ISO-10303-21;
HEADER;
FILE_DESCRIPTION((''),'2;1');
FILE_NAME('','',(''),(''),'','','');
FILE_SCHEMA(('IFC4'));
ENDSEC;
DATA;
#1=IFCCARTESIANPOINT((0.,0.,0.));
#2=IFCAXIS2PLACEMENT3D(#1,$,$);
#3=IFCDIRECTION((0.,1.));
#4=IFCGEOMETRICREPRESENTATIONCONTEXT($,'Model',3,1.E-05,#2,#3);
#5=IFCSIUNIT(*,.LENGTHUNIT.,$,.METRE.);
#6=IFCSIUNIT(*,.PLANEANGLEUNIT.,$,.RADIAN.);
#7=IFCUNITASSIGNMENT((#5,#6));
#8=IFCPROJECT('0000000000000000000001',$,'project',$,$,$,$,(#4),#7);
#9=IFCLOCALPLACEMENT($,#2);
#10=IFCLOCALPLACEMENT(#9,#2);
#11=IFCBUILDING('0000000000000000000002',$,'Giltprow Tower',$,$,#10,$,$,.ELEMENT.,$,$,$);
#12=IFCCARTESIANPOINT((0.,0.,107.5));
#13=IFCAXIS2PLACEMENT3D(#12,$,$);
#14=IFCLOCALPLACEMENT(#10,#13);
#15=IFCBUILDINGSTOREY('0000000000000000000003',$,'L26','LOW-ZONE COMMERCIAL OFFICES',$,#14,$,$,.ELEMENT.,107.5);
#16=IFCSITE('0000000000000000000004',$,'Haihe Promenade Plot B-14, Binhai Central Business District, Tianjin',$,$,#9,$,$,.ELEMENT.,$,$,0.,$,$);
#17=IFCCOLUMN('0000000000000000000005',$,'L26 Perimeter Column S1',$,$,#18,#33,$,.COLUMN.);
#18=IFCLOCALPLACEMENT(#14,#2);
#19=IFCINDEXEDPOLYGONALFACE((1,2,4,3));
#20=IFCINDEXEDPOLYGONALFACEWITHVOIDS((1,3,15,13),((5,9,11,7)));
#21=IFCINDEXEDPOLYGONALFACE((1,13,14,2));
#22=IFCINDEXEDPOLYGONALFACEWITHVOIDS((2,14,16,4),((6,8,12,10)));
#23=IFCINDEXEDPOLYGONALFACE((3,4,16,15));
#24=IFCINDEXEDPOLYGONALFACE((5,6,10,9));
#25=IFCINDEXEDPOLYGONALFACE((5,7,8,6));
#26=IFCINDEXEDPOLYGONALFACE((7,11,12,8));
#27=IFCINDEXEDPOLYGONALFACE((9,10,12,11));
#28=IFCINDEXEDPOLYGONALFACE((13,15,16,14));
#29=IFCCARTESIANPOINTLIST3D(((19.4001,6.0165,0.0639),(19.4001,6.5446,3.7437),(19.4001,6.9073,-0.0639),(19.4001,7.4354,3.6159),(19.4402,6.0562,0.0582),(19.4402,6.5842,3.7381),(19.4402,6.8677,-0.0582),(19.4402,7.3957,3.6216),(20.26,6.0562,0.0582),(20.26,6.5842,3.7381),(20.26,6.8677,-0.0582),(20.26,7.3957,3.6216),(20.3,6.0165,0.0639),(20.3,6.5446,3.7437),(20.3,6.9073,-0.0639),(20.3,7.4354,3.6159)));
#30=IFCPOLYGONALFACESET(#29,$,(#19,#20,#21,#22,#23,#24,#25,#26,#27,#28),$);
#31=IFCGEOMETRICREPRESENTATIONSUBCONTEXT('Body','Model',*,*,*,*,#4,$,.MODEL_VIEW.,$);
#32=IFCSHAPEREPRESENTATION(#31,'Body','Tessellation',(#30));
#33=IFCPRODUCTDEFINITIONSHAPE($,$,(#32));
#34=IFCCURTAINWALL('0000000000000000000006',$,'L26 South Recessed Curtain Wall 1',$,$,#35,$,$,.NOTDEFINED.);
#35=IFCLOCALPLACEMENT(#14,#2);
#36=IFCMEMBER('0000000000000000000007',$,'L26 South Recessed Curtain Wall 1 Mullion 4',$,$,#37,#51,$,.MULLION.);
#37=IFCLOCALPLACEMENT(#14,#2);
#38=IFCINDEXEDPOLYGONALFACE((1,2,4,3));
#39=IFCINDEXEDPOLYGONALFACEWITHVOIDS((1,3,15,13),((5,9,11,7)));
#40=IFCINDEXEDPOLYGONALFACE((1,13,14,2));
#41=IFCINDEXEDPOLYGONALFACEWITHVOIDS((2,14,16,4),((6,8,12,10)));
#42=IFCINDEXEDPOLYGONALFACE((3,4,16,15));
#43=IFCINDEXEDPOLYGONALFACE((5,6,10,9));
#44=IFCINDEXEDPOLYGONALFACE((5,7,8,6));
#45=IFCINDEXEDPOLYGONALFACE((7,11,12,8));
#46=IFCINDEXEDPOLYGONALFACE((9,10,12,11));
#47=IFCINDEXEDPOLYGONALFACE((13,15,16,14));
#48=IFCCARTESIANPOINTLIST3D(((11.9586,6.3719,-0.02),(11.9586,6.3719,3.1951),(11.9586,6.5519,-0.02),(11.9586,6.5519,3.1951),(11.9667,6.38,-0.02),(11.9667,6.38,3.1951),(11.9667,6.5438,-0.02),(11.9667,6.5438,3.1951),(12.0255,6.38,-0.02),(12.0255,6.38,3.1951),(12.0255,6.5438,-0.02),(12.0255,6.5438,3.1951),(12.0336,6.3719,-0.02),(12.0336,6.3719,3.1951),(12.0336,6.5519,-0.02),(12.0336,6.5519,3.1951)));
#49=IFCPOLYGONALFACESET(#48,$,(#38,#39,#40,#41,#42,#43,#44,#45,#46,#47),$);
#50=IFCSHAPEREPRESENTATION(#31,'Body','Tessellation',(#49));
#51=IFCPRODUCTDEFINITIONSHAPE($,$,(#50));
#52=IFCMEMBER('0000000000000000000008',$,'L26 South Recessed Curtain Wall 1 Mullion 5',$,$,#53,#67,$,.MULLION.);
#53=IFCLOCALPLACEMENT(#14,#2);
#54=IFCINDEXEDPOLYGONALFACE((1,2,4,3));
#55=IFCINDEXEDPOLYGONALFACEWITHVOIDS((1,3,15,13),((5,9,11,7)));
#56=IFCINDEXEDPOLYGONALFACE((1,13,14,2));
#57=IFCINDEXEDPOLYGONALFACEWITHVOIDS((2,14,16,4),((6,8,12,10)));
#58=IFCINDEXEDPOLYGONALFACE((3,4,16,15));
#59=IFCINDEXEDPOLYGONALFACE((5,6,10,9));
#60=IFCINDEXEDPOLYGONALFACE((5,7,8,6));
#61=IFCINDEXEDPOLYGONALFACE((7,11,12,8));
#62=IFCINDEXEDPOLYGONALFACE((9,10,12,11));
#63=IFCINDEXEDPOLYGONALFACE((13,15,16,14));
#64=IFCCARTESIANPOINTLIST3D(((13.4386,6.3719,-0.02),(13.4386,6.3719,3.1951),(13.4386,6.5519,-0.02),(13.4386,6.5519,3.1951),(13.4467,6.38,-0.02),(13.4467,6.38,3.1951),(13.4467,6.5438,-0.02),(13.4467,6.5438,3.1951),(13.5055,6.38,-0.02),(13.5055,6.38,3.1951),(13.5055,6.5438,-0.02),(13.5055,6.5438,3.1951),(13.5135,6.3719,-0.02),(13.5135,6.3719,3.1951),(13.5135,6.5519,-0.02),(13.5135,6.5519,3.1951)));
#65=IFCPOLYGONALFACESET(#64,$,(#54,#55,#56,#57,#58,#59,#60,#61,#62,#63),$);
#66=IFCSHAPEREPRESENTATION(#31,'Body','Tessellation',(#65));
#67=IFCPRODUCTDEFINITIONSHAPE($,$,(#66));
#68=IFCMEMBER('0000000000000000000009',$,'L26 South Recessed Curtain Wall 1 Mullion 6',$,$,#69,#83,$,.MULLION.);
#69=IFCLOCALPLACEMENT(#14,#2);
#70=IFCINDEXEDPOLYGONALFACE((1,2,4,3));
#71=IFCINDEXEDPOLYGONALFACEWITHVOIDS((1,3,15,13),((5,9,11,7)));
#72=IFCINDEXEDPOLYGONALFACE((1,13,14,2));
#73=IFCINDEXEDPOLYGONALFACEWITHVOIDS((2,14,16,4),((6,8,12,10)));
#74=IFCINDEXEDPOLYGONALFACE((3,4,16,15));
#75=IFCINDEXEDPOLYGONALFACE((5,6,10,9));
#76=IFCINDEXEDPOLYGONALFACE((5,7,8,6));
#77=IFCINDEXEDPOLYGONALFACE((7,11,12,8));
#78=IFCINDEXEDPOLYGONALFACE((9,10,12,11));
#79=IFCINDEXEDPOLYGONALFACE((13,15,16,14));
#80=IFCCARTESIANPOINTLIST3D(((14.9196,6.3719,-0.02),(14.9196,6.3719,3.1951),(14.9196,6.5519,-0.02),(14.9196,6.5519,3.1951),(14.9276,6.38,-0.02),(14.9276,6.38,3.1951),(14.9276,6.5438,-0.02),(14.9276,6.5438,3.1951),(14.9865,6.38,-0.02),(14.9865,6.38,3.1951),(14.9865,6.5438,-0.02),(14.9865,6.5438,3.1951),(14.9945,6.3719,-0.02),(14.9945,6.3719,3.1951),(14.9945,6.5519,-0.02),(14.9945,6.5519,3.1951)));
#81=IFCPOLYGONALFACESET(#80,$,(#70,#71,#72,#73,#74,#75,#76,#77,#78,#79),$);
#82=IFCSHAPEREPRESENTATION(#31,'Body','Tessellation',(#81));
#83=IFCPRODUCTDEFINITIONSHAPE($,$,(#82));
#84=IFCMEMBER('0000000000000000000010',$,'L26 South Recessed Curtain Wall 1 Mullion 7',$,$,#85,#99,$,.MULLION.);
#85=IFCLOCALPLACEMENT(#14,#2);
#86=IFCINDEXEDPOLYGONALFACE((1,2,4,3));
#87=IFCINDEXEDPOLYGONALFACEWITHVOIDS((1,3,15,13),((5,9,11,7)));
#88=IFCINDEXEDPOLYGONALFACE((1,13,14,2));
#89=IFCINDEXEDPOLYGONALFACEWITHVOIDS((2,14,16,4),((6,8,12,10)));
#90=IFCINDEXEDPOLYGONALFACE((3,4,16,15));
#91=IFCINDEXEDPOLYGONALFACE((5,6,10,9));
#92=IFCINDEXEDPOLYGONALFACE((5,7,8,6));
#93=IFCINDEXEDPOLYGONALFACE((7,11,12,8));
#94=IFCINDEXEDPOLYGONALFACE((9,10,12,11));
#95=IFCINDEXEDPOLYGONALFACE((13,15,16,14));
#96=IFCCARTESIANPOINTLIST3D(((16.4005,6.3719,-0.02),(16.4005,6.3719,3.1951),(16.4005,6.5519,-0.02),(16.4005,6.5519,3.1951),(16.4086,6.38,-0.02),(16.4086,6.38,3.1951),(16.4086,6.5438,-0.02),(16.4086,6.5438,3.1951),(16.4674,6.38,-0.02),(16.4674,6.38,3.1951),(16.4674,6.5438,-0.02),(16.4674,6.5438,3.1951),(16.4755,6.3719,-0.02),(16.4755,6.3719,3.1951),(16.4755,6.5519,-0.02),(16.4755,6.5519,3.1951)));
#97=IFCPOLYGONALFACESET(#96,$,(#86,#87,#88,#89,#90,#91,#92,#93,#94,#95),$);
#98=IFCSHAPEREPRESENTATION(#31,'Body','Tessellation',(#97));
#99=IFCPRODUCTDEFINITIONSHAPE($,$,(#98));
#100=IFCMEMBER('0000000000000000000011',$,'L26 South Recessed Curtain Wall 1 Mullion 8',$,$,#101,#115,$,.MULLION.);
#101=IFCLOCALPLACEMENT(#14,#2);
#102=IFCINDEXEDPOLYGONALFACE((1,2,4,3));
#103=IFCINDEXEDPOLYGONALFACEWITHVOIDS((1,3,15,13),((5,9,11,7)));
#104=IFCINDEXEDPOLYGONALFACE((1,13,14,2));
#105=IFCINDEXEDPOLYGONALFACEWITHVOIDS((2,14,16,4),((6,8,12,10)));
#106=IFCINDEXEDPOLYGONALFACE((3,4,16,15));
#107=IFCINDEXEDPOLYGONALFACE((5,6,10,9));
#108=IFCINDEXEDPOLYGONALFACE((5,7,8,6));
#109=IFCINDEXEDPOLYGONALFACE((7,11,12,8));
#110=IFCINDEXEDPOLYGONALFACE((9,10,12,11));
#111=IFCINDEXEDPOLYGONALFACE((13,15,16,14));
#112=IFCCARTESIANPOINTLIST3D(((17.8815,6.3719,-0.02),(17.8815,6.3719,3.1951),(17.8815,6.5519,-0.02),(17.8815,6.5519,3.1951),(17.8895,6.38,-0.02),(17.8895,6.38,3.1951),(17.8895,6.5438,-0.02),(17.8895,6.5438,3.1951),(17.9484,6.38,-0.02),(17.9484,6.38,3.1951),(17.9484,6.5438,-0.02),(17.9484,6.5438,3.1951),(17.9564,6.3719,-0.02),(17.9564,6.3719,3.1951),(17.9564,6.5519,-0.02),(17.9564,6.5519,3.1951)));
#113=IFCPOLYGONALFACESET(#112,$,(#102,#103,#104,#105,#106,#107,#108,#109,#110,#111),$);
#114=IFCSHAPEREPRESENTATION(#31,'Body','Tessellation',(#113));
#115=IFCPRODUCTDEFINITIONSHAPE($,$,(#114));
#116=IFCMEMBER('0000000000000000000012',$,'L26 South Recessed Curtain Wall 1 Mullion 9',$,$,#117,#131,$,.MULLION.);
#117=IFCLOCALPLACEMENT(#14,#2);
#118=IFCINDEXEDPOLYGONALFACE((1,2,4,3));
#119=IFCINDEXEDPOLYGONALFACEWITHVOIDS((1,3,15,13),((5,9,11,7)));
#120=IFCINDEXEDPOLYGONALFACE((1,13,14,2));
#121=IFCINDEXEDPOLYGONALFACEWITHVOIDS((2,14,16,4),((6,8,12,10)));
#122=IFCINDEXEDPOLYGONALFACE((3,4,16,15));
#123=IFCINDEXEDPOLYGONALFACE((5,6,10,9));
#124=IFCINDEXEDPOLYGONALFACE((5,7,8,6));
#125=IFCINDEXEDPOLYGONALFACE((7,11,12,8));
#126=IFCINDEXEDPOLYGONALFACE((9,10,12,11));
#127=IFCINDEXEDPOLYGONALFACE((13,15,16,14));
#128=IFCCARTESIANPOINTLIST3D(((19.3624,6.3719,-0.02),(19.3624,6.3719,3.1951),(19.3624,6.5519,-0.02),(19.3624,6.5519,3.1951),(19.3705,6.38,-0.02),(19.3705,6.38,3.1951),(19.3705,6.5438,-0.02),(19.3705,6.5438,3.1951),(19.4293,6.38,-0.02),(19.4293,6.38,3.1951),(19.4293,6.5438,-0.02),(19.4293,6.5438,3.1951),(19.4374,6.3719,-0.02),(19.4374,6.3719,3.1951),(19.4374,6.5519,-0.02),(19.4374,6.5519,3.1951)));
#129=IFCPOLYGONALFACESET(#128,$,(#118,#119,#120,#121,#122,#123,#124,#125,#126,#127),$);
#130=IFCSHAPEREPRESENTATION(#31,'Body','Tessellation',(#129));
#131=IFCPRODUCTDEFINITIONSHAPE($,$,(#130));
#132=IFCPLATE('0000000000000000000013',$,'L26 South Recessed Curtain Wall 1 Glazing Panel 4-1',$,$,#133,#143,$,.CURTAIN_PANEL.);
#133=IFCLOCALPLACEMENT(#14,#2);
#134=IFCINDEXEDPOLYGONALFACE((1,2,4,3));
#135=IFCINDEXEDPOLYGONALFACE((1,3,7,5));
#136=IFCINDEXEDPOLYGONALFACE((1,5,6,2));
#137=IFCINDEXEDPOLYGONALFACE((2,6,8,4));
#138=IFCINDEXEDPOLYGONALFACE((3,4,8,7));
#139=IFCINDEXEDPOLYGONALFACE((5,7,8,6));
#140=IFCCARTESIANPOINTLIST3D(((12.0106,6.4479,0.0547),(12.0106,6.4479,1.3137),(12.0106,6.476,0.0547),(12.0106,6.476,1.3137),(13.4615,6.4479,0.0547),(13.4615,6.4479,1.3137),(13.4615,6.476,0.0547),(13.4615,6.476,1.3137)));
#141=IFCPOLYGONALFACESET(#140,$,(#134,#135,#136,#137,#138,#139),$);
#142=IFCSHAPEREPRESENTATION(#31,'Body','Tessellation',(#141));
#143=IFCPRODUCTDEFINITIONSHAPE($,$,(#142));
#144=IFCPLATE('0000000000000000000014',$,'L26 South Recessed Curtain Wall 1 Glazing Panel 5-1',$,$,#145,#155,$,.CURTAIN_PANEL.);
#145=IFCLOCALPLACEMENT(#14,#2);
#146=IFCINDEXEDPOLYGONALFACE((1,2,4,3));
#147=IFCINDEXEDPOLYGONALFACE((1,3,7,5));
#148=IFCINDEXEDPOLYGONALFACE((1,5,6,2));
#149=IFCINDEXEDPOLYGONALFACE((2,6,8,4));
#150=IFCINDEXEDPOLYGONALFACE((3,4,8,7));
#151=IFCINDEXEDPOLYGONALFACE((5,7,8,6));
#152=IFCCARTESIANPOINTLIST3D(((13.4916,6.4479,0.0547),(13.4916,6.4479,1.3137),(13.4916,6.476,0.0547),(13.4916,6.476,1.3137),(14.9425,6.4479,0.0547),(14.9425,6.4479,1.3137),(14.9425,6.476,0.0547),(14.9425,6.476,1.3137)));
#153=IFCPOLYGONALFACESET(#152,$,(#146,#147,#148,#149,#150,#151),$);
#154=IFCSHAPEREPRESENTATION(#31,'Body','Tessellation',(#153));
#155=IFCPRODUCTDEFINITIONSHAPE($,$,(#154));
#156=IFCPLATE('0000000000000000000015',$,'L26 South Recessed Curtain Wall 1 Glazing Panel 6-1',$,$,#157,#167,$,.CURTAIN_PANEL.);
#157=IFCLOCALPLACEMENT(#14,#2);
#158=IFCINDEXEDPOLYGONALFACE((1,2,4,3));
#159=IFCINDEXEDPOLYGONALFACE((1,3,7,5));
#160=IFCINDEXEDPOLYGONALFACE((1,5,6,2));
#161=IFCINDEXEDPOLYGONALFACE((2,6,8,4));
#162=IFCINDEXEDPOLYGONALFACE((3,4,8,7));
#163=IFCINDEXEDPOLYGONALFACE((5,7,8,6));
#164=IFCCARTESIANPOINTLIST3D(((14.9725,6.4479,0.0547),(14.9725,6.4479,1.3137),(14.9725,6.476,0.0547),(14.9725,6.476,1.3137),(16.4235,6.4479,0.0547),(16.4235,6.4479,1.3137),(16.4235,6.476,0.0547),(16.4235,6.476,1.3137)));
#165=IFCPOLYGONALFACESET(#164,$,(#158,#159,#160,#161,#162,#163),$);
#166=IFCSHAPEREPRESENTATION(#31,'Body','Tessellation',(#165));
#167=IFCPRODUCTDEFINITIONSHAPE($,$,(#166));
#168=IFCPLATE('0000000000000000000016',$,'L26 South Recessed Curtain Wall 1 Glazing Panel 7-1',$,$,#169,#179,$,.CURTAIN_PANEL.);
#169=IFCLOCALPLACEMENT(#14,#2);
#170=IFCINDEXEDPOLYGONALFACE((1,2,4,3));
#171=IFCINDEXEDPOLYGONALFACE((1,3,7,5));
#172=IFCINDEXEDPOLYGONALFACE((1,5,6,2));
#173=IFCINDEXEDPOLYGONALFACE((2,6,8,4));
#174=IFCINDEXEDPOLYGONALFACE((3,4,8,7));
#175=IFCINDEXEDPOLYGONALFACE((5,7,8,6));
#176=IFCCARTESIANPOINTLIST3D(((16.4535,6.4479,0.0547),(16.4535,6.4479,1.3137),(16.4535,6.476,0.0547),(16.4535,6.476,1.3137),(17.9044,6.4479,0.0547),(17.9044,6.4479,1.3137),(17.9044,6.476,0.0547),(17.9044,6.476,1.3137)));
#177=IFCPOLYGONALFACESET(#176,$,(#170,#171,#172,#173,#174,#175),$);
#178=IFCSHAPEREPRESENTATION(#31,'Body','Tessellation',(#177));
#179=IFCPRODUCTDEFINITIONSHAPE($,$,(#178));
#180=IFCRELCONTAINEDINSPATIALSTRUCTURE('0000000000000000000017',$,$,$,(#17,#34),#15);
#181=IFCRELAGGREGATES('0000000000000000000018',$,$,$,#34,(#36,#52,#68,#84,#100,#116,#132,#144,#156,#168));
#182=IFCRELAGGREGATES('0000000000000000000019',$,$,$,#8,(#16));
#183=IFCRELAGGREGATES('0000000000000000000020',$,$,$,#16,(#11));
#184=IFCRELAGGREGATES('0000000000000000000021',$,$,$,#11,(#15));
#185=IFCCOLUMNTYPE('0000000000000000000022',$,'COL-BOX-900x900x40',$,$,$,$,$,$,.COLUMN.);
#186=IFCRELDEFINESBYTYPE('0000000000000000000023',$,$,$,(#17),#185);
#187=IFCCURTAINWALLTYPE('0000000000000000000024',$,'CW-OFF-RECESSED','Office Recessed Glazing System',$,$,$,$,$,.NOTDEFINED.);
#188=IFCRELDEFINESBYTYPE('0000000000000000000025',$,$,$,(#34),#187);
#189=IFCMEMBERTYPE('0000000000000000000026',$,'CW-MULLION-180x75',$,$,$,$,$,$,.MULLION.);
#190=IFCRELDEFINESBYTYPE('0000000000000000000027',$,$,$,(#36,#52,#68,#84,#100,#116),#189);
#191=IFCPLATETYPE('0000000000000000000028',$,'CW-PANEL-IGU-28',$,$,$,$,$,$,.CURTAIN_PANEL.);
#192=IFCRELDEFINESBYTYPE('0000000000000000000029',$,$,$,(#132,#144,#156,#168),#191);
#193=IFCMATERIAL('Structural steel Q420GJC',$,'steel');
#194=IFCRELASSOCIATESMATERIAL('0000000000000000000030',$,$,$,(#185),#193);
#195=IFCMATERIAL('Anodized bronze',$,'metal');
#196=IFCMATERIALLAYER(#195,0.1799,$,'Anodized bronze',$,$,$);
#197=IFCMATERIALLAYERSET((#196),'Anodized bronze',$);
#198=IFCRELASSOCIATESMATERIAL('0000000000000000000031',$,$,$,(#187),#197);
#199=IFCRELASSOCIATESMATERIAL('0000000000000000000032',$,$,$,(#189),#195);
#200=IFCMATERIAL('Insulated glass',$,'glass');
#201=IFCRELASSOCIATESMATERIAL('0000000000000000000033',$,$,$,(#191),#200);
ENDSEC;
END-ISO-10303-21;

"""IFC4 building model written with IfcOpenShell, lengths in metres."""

from ifc_helpers import new_model, si_unit, direction, frame, origin, origin_2d, place, context, subcontext, project, spatial, rectangle, hollow_rectangle, extrude, source, transform, mapped, material, layer, layer_set, material_profile, profile_set, type_object, element, aggregate, save


model = new_model("IFC4")

# Units and contexts
model_context = context("Model", 3, precision=1e-05, world=origin(), true_north=direction((0.0, 1.0)))
body_context = subcontext(model_context, "Body", "Model", "MODEL_VIEW")
ifc_project = project(units=[si_unit("LENGTHUNIT", "METRE"), si_unit("PLANEANGLEUNIT", "RADIAN")], contexts=[model_context])

# Site, building, storey
site_placement = place(None, origin())
site = spatial("IfcSite", under=ifc_project, at=site_placement, Name="Haihe Promenade Plot B-14, Binhai Central Business District, Tianjin", CompositionType="ELEMENT", RefElevation=0.0)
building_placement = place(site_placement, origin())
building = spatial("IfcBuilding", under=site, at=building_placement, Name="Giltprow Tower", CompositionType="ELEMENT")
storey_placement = place(building_placement, frame((0.0, 0.0, 107.5)))
storey = spatial("IfcBuildingStorey", under=building, at=storey_placement, Name="L26", Description="LOW-ZONE COMMERCIAL OFFICES", CompositionType="ELEMENT", Elevation=107.5)

# Column
ifc_material_1 = material(Name="Structural steel Q420GJC", Category="steel")
ifc_material_profile_1 = material_profile(ifc_material_1, hollow_rectangle(XDim=0.8999, YDim=0.8999, WallThickness=0.04, at=origin_2d()), Name="BOX 900x900x40")
ifc_profile_set_1 = profile_set([ifc_material_profile_1], Name="Structural steel Q420GJC")
column_type = type_object("IfcColumnType", Name="COL-BOX-900x900x40", PredefinedType="COLUMN", material=ifc_profile_set_1)
shared_shape_1 = source(origin(), body_context, "Body", "SweptSolid", [
    extrude(hollow_rectangle(XDim=0.8999, YDim=0.8999, WallThickness=0.04, at=origin_2d()), origin(), (0.0, 0.0, 1.0), 3.7175),
])
column_placement = place(storey_placement, frame((19.8501, 6.4619, 0.0), z_axis=(0.0, 0.142047, 0.98986), x_axis=(-1.0, 0.0, 0.0)))
element("IfcColumn", 1, at=column_placement, inside=storey, type_object=column_type, Name="L26 Perimeter Column S1", PredefinedType="COLUMN", context=body_context, shape_type="MappedRepresentation", body=[
    mapped(shared_shape_1, transform((0.0, 0.0, 0.0), x_axis=(1.0, 0.0, 0.0), y_axis=(0.0, 1.0, 0.0), z_axis=(0.0, 0.0, 1.0), scale=1.0)),
])

# Curtain wall, members, plates
ifc_material_2 = material(Name="Anodized bronze", Category="metal")
ifc_layer = layer(ifc_material_2, 0.1799, Name="Anodized bronze")
ifc_layer_set = layer_set([ifc_layer], Name="Anodized bronze")
curtain_wall_type = type_object("IfcCurtainWallType", Name="CW-OFF-RECESSED", Description="Office Recessed Glazing System", PredefinedType="NOTDEFINED", material=ifc_layer_set)
curtain_wall_placement = place(storey_placement, origin())
curtain_wall = element("IfcCurtainWall", 2, at=curtain_wall_placement, inside=storey, type_object=curtain_wall_type, Name="L26 South Recessed Curtain Wall 1", PredefinedType="NOTDEFINED")
ifc_material_profile_2 = material_profile(ifc_material_2, hollow_rectangle(XDim=0.075, YDim=0.1799, WallThickness=0.0081, at=origin_2d()), Name="RHS 180x75x8")
ifc_profile_set_2 = profile_set([ifc_material_profile_2], Name="Anodized bronze")
member_type = type_object("IfcMemberType", Name="CW-MULLION-180x75", PredefinedType="MULLION", material=ifc_profile_set_2)
shared_shape_2 = source(origin(), body_context, "Body", "SweptSolid", [
    extrude(hollow_rectangle(XDim=0.075, YDim=0.1799, WallThickness=0.0081, at=origin_2d()), origin(), (0.0, 0.0, 1.0), 3.2151),
])
member_1_placement = place(storey_placement, frame((11.9961, 6.4619, -0.02), z_axis=(0.0, 0.0, 1.0), x_axis=(1.0, 0.0, 0.0)))
member_1 = element("IfcMember", 3, at=member_1_placement, type_object=member_type, Name="L26 South Recessed Curtain Wall 1 Mullion 4", PredefinedType="MULLION", context=body_context, shape_type="MappedRepresentation", body=[
    mapped(shared_shape_2, transform((0.0, 0.0, 0.0), x_axis=(1.0, 0.0, 0.0), y_axis=(0.0, 1.0, 0.0), z_axis=(0.0, 0.0, 1.0), scale=1.0)),
])
member_2_placement = place(storey_placement, frame((13.4761, 6.4619, -0.02), z_axis=(0.0, 0.0, 1.0), x_axis=(1.0, 0.0, 0.0)))
member_2 = element("IfcMember", 4, at=member_2_placement, type_object=member_type, Name="L26 South Recessed Curtain Wall 1 Mullion 5", PredefinedType="MULLION", context=body_context, shape_type="MappedRepresentation", body=[
    mapped(shared_shape_2, transform((0.0, 0.0, 0.0), x_axis=(1.0, 0.0, 0.0), y_axis=(0.0, 1.0, 0.0), z_axis=(0.0, 0.0, 1.0), scale=1.0)),
])
member_3_placement = place(storey_placement, frame((14.957, 6.4619, -0.02), z_axis=(0.0, 0.0, 1.0), x_axis=(1.0, 0.0, 0.0)))
member_3 = element("IfcMember", 5, at=member_3_placement, type_object=member_type, Name="L26 South Recessed Curtain Wall 1 Mullion 6", PredefinedType="MULLION", context=body_context, shape_type="MappedRepresentation", body=[
    mapped(shared_shape_2, transform((0.0, 0.0, 0.0), x_axis=(1.0, 0.0, 0.0), y_axis=(0.0, 1.0, 0.0), z_axis=(0.0, 0.0, 1.0), scale=1.0)),
])
member_4_placement = place(storey_placement, frame((16.438, 6.4619, -0.02), z_axis=(0.0, 0.0, 1.0), x_axis=(1.0, 0.0, 0.0)))
member_4 = element("IfcMember", 6, at=member_4_placement, type_object=member_type, Name="L26 South Recessed Curtain Wall 1 Mullion 7", PredefinedType="MULLION", context=body_context, shape_type="MappedRepresentation", body=[
    mapped(shared_shape_2, transform((0.0, 0.0, 0.0), x_axis=(1.0, 0.0, 0.0), y_axis=(0.0, 1.0, 0.0), z_axis=(0.0, 0.0, 1.0), scale=1.0)),
])
member_5_placement = place(storey_placement, frame((17.9189, 6.4619, -0.02), z_axis=(0.0, 0.0, 1.0), x_axis=(1.0, 0.0, 0.0)))
member_5 = element("IfcMember", 7, at=member_5_placement, type_object=member_type, Name="L26 South Recessed Curtain Wall 1 Mullion 8", PredefinedType="MULLION", context=body_context, shape_type="MappedRepresentation", body=[
    mapped(shared_shape_2, transform((0.0, 0.0, 0.0), x_axis=(1.0, 0.0, 0.0), y_axis=(0.0, 1.0, 0.0), z_axis=(0.0, 0.0, 1.0), scale=1.0)),
])
member_6_placement = place(storey_placement, frame((19.3999, 6.4619, -0.02), z_axis=(0.0, 0.0, 1.0), x_axis=(1.0, 0.0, 0.0)))
member_6 = element("IfcMember", 8, at=member_6_placement, type_object=member_type, Name="L26 South Recessed Curtain Wall 1 Mullion 9", PredefinedType="MULLION", context=body_context, shape_type="MappedRepresentation", body=[
    mapped(shared_shape_2, transform((0.0, 0.0, 0.0), x_axis=(1.0, 0.0, 0.0), y_axis=(0.0, 1.0, 0.0), z_axis=(0.0, 0.0, 1.0), scale=1.0)),
])
ifc_material_3 = material(Name="Insulated glass", Category="glass")
plate_type = type_object("IfcPlateType", Name="CW-PANEL-IGU-28", PredefinedType="CURTAIN_PANEL", material=ifc_material_3)
shared_shape_3 = source(origin(), body_context, "Body", "SweptSolid", [
    extrude(rectangle(XDim=1.4509, YDim=0.0281, at=origin_2d()), origin(), (0.0, 0.0, 1.0), 1.259),
])
plate_1_placement = place(storey_placement, frame((12.7361, 6.4619, 0.0547), z_axis=(0.0, 0.0, 1.0), x_axis=(1.0, 0.0, 0.0)))
plate_1 = element("IfcPlate", 9, at=plate_1_placement, type_object=plate_type, Name="L26 South Recessed Curtain Wall 1 Glazing Panel 4-1", PredefinedType="CURTAIN_PANEL", context=body_context, shape_type="MappedRepresentation", body=[
    mapped(shared_shape_3, transform((0.0, 0.0, 0.0), x_axis=(1.0, 0.0, 0.0), y_axis=(0.0, 1.0, 0.0), z_axis=(0.0, 0.0, 1.0), scale=1.0)),
])
plate_2_placement = place(storey_placement, frame((14.217, 6.4619, 0.0547), z_axis=(0.0, 0.0, 1.0), x_axis=(1.0, 0.0, 0.0)))
plate_2 = element("IfcPlate", 10, at=plate_2_placement, type_object=plate_type, Name="L26 South Recessed Curtain Wall 1 Glazing Panel 5-1", PredefinedType="CURTAIN_PANEL", context=body_context, shape_type="MappedRepresentation", body=[
    mapped(shared_shape_3, transform((0.0, 0.0, 0.0), x_axis=(1.0, 0.0, 0.0), y_axis=(0.0, 1.0, 0.0), z_axis=(0.0, 0.0, 1.0), scale=1.0)),
])
plate_3_placement = place(storey_placement, frame((15.698, 6.4619, 0.0547), z_axis=(0.0, 0.0, 1.0), x_axis=(1.0, 0.0, 0.0)))
plate_3 = element("IfcPlate", 11, at=plate_3_placement, type_object=plate_type, Name="L26 South Recessed Curtain Wall 1 Glazing Panel 6-1", PredefinedType="CURTAIN_PANEL", context=body_context, shape_type="MappedRepresentation", body=[
    mapped(shared_shape_3, transform((0.0, 0.0, 0.0), x_axis=(1.0, 0.0, 0.0), y_axis=(0.0, 1.0, 0.0), z_axis=(0.0, 0.0, 1.0), scale=1.0)),
])
plate_4_placement = place(storey_placement, frame((17.179, 6.4619, 0.0547), z_axis=(0.0, 0.0, 1.0), x_axis=(1.0, 0.0, 0.0)))
plate_4 = element("IfcPlate", 12, at=plate_4_placement, type_object=plate_type, Name="L26 South Recessed Curtain Wall 1 Glazing Panel 7-1", PredefinedType="CURTAIN_PANEL", context=body_context, shape_type="MappedRepresentation", body=[
    mapped(shared_shape_3, transform((0.0, 0.0, 0.0), x_axis=(1.0, 0.0, 0.0), y_axis=(0.0, 1.0, 0.0), z_axis=(0.0, 0.0, 1.0), scale=1.0)),
])
aggregate(curtain_wall, [member_1, member_2, member_3, member_4, member_5, member_6, plate_1, plate_2, plate_3, plate_4])

save(model, "model.ifc")
